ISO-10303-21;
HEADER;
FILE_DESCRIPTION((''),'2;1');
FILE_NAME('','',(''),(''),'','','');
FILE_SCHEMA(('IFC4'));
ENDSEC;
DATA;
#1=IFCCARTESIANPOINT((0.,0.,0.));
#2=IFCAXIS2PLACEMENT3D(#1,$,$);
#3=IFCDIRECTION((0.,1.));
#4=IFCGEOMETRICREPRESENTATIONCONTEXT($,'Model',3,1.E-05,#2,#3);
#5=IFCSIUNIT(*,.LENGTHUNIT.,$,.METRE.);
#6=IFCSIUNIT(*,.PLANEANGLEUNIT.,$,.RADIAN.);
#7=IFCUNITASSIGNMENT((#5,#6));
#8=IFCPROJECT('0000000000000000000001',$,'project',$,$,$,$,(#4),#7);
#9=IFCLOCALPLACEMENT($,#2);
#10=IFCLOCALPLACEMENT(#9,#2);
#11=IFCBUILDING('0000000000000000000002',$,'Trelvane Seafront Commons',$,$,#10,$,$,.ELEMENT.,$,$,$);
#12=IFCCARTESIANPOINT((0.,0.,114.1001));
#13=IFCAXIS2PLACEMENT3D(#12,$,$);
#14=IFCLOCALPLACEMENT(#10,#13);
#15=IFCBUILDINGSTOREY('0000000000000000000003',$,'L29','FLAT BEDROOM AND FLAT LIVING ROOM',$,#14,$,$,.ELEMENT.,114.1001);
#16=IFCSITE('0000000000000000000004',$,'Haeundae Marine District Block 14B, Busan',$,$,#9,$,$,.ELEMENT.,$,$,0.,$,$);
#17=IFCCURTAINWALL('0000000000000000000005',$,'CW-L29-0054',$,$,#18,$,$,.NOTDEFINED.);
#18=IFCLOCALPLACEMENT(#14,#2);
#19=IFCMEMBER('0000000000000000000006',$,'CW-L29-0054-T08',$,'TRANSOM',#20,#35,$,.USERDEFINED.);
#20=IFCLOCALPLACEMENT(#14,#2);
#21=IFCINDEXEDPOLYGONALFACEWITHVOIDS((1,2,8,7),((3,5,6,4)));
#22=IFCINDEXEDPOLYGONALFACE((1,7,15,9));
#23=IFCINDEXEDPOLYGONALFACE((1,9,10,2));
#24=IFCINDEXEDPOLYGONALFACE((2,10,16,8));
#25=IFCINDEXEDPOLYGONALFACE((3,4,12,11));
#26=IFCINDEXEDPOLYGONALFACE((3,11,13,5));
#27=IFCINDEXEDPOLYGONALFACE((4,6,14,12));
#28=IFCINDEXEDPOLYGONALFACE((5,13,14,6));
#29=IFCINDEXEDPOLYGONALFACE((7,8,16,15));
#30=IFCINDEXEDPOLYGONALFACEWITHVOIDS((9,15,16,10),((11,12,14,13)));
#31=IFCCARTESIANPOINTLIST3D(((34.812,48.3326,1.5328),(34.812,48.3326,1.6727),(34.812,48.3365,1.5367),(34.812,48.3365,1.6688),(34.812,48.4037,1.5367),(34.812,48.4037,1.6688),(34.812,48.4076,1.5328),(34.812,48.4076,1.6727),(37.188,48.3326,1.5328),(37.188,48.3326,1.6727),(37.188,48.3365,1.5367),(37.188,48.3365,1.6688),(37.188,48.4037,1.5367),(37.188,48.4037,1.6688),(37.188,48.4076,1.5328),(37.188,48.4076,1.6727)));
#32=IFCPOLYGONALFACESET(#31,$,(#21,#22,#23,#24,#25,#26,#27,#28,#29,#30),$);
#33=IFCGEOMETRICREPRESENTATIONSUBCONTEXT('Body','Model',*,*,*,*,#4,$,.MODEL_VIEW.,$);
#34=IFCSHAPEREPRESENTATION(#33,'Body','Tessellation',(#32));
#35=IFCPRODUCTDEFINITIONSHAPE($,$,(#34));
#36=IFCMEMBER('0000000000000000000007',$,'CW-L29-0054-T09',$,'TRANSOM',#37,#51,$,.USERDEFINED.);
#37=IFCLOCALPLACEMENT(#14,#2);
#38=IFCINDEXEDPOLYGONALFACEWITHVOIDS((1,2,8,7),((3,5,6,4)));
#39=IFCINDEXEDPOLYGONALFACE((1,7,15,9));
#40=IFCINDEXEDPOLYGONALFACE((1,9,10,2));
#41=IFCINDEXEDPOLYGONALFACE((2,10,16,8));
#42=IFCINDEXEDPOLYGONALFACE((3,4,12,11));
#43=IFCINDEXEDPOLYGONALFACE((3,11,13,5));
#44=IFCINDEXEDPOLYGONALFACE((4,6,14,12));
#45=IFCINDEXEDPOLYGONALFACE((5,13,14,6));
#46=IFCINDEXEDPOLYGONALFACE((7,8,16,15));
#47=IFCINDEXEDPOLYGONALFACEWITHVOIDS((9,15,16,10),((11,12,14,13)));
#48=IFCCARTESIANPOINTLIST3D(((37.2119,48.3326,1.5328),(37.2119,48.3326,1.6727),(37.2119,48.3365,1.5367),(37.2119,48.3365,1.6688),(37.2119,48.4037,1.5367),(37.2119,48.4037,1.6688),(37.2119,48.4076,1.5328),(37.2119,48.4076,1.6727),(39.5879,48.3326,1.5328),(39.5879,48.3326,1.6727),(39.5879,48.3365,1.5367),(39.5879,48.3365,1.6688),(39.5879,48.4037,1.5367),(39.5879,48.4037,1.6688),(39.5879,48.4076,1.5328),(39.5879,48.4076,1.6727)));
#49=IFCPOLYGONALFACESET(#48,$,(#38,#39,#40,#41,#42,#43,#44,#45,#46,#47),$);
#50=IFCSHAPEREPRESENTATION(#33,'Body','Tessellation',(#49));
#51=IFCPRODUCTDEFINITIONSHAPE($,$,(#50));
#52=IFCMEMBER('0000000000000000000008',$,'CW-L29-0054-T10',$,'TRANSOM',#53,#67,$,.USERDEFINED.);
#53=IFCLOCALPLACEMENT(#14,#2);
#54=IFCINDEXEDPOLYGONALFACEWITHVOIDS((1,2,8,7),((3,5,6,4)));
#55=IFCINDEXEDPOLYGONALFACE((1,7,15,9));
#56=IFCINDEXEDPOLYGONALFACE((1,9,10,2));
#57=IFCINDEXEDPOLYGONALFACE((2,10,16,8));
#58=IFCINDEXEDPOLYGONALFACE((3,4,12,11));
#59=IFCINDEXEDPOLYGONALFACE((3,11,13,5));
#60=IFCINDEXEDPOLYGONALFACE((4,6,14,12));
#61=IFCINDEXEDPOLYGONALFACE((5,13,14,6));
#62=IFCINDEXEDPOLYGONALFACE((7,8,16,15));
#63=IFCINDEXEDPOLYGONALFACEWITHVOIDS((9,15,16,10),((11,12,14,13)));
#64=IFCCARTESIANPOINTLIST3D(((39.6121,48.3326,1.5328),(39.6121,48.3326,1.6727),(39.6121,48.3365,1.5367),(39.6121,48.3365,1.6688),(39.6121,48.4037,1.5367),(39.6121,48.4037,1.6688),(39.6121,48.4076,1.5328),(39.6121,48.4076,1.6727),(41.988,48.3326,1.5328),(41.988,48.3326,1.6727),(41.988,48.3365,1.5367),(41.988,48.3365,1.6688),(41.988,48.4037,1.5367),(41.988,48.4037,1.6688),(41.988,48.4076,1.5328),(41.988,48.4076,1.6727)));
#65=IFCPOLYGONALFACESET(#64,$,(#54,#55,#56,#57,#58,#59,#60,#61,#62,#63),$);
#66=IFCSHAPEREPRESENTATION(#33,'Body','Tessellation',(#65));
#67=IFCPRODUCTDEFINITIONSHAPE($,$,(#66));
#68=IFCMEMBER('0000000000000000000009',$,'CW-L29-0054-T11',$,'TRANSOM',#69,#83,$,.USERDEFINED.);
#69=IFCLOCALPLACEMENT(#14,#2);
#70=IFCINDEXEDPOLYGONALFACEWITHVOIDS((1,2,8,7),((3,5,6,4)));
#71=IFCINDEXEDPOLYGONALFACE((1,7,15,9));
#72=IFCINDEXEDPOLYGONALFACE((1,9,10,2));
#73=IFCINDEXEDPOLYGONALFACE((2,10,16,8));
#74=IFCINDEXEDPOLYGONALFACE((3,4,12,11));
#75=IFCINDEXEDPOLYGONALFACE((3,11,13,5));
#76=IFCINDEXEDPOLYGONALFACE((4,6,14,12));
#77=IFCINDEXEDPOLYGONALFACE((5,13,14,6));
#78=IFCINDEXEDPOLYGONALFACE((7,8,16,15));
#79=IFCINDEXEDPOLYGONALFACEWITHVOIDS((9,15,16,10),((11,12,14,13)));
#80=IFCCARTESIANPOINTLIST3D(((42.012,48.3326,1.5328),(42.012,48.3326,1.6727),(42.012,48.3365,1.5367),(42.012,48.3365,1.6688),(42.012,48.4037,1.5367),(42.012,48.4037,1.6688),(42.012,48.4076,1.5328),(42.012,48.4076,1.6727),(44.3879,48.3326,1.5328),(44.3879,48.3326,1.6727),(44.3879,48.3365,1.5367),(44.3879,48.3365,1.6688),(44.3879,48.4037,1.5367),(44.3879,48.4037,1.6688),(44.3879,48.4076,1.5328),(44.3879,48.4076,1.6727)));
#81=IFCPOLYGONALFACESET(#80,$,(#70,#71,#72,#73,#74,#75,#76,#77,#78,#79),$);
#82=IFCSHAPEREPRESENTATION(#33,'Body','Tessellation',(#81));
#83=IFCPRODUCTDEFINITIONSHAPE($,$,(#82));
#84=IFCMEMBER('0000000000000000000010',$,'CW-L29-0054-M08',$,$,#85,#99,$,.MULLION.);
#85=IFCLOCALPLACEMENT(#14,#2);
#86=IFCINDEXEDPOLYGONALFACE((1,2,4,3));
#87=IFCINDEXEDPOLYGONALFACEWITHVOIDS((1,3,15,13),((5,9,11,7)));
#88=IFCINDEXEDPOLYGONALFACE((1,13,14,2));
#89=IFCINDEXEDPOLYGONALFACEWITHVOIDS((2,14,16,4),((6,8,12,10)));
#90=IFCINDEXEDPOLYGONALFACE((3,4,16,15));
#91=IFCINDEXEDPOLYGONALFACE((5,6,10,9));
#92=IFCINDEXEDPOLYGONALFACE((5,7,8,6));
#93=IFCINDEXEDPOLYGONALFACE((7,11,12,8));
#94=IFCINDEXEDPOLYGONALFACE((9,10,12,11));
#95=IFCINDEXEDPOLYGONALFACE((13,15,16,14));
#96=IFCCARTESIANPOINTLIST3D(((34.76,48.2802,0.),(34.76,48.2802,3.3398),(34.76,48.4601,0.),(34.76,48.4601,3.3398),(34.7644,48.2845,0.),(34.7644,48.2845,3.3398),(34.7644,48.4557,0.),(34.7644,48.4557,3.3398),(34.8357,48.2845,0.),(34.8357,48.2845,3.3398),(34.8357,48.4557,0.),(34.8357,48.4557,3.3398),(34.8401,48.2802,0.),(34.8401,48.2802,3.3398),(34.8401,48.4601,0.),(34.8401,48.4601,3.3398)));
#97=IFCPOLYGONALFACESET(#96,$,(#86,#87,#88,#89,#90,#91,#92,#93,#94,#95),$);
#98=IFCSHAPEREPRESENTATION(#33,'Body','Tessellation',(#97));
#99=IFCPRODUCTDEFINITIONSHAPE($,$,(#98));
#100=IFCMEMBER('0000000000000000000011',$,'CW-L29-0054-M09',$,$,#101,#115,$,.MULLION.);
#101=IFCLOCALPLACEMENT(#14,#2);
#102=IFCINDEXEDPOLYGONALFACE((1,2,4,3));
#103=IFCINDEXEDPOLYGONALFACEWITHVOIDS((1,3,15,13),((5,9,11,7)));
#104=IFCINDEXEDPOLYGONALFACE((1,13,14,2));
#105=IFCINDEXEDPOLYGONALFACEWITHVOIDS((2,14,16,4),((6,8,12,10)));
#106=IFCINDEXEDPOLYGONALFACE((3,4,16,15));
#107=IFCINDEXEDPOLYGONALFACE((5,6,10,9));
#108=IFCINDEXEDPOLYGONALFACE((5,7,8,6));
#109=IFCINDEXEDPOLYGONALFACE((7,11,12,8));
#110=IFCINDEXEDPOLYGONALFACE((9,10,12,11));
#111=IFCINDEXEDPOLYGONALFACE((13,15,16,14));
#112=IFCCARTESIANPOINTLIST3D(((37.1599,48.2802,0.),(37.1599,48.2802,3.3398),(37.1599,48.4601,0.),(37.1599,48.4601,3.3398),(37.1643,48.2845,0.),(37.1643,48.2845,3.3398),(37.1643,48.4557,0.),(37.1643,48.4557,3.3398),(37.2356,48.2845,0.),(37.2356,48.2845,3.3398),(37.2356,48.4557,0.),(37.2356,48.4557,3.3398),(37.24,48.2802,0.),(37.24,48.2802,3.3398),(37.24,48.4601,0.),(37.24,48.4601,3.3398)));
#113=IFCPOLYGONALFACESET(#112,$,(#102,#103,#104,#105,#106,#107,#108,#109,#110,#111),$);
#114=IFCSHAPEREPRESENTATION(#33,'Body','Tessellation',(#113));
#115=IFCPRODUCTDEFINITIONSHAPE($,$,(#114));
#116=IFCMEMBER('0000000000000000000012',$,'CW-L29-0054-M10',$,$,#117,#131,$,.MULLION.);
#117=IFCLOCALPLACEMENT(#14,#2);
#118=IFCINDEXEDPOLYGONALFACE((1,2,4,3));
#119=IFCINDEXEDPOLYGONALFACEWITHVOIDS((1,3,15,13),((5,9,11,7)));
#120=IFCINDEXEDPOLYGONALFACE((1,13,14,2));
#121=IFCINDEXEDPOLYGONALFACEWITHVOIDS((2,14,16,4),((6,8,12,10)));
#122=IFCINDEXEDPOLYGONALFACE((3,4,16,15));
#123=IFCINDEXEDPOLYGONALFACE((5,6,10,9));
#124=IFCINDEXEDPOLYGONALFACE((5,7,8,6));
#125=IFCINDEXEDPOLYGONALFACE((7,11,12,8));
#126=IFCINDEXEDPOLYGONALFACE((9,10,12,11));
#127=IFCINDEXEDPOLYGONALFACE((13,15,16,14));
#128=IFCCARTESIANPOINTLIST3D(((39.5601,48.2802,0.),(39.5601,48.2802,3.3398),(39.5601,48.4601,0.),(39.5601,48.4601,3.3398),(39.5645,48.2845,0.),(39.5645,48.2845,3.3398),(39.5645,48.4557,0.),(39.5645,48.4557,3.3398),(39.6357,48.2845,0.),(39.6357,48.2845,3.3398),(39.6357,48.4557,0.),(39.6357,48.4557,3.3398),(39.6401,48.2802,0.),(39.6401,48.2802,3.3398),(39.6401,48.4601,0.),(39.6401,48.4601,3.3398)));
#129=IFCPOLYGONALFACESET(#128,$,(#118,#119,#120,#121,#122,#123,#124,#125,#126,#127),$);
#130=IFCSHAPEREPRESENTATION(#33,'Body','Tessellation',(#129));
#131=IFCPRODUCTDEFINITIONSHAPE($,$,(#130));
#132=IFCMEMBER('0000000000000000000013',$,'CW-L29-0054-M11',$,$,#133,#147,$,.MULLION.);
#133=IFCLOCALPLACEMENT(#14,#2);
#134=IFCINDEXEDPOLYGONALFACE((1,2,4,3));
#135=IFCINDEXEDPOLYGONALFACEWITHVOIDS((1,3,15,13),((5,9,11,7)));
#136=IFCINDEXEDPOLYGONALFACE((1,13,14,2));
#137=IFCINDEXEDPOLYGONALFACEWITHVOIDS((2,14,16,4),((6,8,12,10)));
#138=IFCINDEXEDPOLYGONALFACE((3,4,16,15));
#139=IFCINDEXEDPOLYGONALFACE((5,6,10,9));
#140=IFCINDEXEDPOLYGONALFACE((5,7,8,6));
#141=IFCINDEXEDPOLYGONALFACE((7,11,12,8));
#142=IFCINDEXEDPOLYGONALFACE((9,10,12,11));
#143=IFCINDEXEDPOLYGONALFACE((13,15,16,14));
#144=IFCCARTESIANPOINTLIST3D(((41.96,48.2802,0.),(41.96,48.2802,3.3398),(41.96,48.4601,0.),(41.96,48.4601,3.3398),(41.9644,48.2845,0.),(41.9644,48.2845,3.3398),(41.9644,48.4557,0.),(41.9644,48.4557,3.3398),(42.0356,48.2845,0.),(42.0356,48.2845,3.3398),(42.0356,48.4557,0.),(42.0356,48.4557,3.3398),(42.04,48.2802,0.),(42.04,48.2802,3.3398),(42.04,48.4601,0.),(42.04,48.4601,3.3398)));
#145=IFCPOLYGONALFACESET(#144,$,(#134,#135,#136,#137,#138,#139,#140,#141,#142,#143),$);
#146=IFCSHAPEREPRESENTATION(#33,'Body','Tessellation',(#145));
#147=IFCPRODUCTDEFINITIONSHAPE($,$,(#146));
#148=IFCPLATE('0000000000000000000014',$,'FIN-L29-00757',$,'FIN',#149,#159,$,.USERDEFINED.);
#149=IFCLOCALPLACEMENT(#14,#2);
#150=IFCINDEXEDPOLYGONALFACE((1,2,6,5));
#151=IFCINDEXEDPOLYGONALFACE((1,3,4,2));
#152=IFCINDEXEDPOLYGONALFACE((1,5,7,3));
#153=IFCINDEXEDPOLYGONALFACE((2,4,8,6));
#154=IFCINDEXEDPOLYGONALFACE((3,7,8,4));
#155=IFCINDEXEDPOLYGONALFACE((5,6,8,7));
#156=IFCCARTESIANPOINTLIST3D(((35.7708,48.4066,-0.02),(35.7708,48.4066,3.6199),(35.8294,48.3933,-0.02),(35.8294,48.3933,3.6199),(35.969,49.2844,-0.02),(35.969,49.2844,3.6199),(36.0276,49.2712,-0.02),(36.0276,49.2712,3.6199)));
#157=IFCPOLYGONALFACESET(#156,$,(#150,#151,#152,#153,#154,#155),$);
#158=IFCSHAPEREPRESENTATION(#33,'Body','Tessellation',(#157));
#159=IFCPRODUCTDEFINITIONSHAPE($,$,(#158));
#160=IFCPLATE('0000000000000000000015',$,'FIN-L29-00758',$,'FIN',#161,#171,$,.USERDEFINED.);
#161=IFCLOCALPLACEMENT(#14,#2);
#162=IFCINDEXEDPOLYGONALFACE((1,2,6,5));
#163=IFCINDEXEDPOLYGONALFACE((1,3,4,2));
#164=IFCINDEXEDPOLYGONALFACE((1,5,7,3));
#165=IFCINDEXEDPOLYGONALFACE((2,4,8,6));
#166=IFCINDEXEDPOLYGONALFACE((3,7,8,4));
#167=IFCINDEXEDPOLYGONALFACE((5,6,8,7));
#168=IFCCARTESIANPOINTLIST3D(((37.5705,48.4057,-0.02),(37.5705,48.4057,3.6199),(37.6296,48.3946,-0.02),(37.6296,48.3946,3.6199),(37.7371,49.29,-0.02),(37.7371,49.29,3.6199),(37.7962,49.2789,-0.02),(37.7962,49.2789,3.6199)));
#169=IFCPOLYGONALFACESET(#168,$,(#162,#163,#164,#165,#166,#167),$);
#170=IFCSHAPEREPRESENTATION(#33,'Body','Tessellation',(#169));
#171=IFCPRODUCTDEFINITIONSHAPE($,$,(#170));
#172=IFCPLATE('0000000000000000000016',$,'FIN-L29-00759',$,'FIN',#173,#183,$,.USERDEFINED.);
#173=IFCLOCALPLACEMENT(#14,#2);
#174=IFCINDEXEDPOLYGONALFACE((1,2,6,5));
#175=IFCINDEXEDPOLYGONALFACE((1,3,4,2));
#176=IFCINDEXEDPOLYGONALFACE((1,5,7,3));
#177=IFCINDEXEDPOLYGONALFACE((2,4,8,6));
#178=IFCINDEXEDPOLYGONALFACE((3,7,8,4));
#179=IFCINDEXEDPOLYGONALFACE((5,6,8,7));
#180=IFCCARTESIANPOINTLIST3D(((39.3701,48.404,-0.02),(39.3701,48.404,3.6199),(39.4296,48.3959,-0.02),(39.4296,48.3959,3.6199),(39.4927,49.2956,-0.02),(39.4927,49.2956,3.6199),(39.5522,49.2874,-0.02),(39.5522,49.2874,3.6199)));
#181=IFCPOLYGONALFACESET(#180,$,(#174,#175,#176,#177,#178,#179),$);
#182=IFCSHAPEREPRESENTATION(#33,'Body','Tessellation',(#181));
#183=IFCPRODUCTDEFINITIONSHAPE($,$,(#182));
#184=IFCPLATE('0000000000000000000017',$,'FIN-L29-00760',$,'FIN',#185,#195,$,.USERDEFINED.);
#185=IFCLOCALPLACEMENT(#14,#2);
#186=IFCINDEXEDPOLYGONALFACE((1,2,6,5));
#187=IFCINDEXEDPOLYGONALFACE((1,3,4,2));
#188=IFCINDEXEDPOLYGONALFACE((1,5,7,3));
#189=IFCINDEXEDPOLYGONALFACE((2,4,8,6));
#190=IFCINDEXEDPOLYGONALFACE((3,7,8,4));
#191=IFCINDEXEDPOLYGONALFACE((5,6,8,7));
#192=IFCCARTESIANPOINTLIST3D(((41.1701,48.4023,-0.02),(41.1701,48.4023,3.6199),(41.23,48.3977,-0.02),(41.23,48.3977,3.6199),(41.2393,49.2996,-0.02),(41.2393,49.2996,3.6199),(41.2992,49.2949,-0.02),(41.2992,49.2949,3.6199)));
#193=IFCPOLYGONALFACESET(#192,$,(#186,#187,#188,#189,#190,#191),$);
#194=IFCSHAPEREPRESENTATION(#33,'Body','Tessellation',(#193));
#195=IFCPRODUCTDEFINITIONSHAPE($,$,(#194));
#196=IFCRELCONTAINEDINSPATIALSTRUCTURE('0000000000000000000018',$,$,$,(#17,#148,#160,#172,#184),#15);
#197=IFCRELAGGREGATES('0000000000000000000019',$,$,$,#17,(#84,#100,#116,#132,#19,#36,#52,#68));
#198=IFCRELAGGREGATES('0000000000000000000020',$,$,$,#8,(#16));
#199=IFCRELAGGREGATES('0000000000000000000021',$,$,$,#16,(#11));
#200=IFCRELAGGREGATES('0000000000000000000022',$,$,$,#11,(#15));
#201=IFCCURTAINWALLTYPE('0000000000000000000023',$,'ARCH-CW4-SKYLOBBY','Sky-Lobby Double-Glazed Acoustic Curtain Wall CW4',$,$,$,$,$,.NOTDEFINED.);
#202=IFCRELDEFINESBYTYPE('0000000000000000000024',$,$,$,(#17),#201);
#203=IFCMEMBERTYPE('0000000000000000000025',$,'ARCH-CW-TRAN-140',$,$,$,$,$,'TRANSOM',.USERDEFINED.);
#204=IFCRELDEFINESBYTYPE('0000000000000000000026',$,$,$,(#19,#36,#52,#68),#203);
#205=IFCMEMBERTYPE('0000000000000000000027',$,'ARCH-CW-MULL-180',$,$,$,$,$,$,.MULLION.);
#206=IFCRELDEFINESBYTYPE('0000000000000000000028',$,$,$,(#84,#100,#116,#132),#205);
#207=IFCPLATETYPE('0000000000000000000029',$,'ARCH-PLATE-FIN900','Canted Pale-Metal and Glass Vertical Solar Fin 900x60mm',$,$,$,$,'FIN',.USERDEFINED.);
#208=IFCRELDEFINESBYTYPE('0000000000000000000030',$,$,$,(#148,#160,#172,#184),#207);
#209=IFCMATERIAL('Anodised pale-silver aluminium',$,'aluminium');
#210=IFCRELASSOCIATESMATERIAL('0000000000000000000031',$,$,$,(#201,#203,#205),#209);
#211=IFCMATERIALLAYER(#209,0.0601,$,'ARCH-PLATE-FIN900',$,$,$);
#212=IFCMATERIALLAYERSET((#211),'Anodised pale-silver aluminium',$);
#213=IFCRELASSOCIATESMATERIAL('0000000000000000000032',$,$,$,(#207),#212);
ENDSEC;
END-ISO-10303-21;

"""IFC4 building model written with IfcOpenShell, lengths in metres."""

from ifc_helpers import new_model, si_unit, direction, frame, origin, origin_2d, place, context, subcontext, project, spatial, rectangle, hollow_rectangle, extrude, source, transform, mapped, material, layer, layer_set, material_profile, profile_set, type_object, element, aggregate, save


model = new_model("IFC4")

# Units and contexts
model_context = context("Model", 3, precision=1e-05, world=origin(), true_north=direction((0.0, 1.0)))
body_context = subcontext(model_context, "Body", "Model", "MODEL_VIEW")
ifc_project = project(units=[si_unit("LENGTHUNIT", "METRE"), si_unit("PLANEANGLEUNIT", "RADIAN")], contexts=[model_context])

# Site, building, storey
site_placement = place(None, origin())
site = spatial("IfcSite", under=ifc_project, at=site_placement, Name="Haeundae Marine District Block 14B, Busan", CompositionType="ELEMENT", RefElevation=0.0)
building_placement = place(site_placement, origin())
building = spatial("IfcBuilding", under=site, at=building_placement, Name="Trelvane Seafront Commons", CompositionType="ELEMENT")
storey_placement = place(building_placement, frame((0.0, 0.0, 114.1001)))
storey = spatial("IfcBuildingStorey", under=building, at=storey_placement, Name="L29", Description="FLAT BEDROOM AND FLAT LIVING ROOM", CompositionType="ELEMENT", Elevation=114.1001)

# Curtain wall, members
ifc_material_1 = material(Name="Anodised pale-silver aluminium", Category="aluminium")
curtain_wall_type = type_object("IfcCurtainWallType", Name="ARCH-CW4-SKYLOBBY", Description="Sky-Lobby Double-Glazed Acoustic Curtain Wall CW4", PredefinedType="NOTDEFINED", material=ifc_material_1)
curtain_wall_placement = place(storey_placement, origin())
curtain_wall = element("IfcCurtainWall", 1, at=curtain_wall_placement, inside=storey, type_object=curtain_wall_type, Name="CW-L29-0054", PredefinedType="NOTDEFINED")
ifc_material_profile_1 = material_profile(ifc_material_1, hollow_rectangle(XDim=0.075, YDim=0.1399, WallThickness=0.0039, at=origin_2d()), Name="TRAN-75x140x4")
ifc_profile_set_1 = profile_set([ifc_material_profile_1], Name="Anodised pale-silver aluminium")
member_type_1 = type_object("IfcMemberType", Name="ARCH-CW-TRAN-140", ElementType="TRANSOM", PredefinedType="USERDEFINED", material=ifc_profile_set_1)
shared_shape_1 = source(origin(), body_context, "Body", "SweptSolid", [
    extrude(hollow_rectangle(XDim=0.075, YDim=0.1399, WallThickness=0.0039, at=origin_2d()), origin(), (0.0, 0.0, 1.0), 2.376),
])
member_1_placement = place(storey_placement, frame((34.812, 48.3701, 1.6028), z_axis=(1.0, 0.0, 0.0), x_axis=(0.0, 1.0, 0.0)))
member_1 = element("IfcMember", 2, at=member_1_placement, type_object=member_type_1, Name="CW-L29-0054-T08", ObjectType="TRANSOM", PredefinedType="USERDEFINED", context=body_context, shape_type="MappedRepresentation", body=[
    mapped(shared_shape_1, transform((0.0, 0.0, 0.0), x_axis=(1.0, 0.0, 0.0), y_axis=(0.0, 1.0, 0.0), z_axis=(0.0, 0.0, 1.0), scale=1.0)),
])
member_2_placement = place(storey_placement, frame((37.2119, 48.3701, 1.6028), z_axis=(1.0, 0.0, 0.0), x_axis=(0.0, 1.0, 0.0)))
member_2 = element("IfcMember", 3, at=member_2_placement, type_object=member_type_1, Name="CW-L29-0054-T09", ObjectType="TRANSOM", PredefinedType="USERDEFINED", context=body_context, shape_type="MappedRepresentation", body=[
    mapped(shared_shape_1, transform((0.0, 0.0, 0.0), x_axis=(1.0, 0.0, 0.0), y_axis=(0.0, 1.0, 0.0), z_axis=(0.0, 0.0, 1.0), scale=1.0)),
])
member_3_placement = place(storey_placement, frame((39.6121, 48.3701, 1.6028), z_axis=(1.0, 0.0, 0.0), x_axis=(0.0, 1.0, 0.0)))
member_3 = element("IfcMember", 4, at=member_3_placement, type_object=member_type_1, Name="CW-L29-0054-T10", ObjectType="TRANSOM", PredefinedType="USERDEFINED", context=body_context, shape_type="MappedRepresentation", body=[
    mapped(shared_shape_1, transform((0.0, 0.0, 0.0), x_axis=(1.0, 0.0, 0.0), y_axis=(0.0, 1.0, 0.0), z_axis=(0.0, 0.0, 1.0), scale=1.0)),
])
member_4_placement = place(storey_placement, frame((42.012, 48.3701, 1.6028), z_axis=(1.0, 0.0, 0.0), x_axis=(0.0, 1.0, 0.0)))
member_4 = element("IfcMember", 5, at=member_4_placement, type_object=member_type_1, Name="CW-L29-0054-T11", ObjectType="TRANSOM", PredefinedType="USERDEFINED", context=body_context, shape_type="MappedRepresentation", body=[
    mapped(shared_shape_1, transform((0.0, 0.0, 0.0), x_axis=(1.0, 0.0, 0.0), y_axis=(0.0, 1.0, 0.0), z_axis=(0.0, 0.0, 1.0), scale=1.0)),
])
ifc_material_profile_2 = material_profile(ifc_material_1, hollow_rectangle(XDim=0.0801, YDim=0.1799, WallThickness=0.0044, at=origin_2d()), Name="MULL-80x180x4.5")
ifc_profile_set_2 = profile_set([ifc_material_profile_2], Name="Anodised pale-silver aluminium")
member_type_2 = type_object("IfcMemberType", Name="ARCH-CW-MULL-180", PredefinedType="MULLION", material=ifc_profile_set_2)
shared_shape_2 = source(origin(), body_context, "Body", "SweptSolid", [
    extrude(hollow_rectangle(XDim=0.0801, YDim=0.1799, WallThickness=0.0044, at=origin_2d()), origin(), (0.0, 0.0, 1.0), 3.3398),
])
member_5_placement = place(storey_placement, frame((34.8, 48.3701, 0.0), z_axis=(0.0, 0.0, 1.0), x_axis=(1.0, 0.0, 0.0)))
member_5 = element("IfcMember", 6, at=member_5_placement, type_object=member_type_2, Name="CW-L29-0054-M08", PredefinedType="MULLION", context=body_context, shape_type="MappedRepresentation", body=[
    mapped(shared_shape_2, transform((0.0, 0.0, 0.0), x_axis=(1.0, 0.0, 0.0), y_axis=(0.0, 1.0, 0.0), z_axis=(0.0, 0.0, 1.0), scale=1.0)),
])
member_6_placement = place(storey_placement, frame((37.2, 48.3701, 0.0), z_axis=(0.0, 0.0, 1.0), x_axis=(1.0, 0.0, 0.0)))
member_6 = element("IfcMember", 7, at=member_6_placement, type_object=member_type_2, Name="CW-L29-0054-M09", PredefinedType="MULLION", context=body_context, shape_type="MappedRepresentation", body=[
    mapped(shared_shape_2, transform((0.0, 0.0, 0.0), x_axis=(1.0, 0.0, 0.0), y_axis=(0.0, 1.0, 0.0), z_axis=(0.0, 0.0, 1.0), scale=1.0)),
])
member_7_placement = place(storey_placement, frame((39.6001, 48.3701, 0.0), z_axis=(0.0, 0.0, 1.0), x_axis=(1.0, 0.0, 0.0)))
member_7 = element("IfcMember", 8, at=member_7_placement, type_object=member_type_2, Name="CW-L29-0054-M10", PredefinedType="MULLION", context=body_context, shape_type="MappedRepresentation", body=[
    mapped(shared_shape_2, transform((0.0, 0.0, 0.0), x_axis=(1.0, 0.0, 0.0), y_axis=(0.0, 1.0, 0.0), z_axis=(0.0, 0.0, 1.0), scale=1.0)),
])
member_8_placement = place(storey_placement, frame((42.0, 48.3701, 0.0), z_axis=(0.0, 0.0, 1.0), x_axis=(1.0, 0.0, 0.0)))
member_8 = element("IfcMember", 9, at=member_8_placement, type_object=member_type_2, Name="CW-L29-0054-M11", PredefinedType="MULLION", context=body_context, shape_type="MappedRepresentation", body=[
    mapped(shared_shape_2, transform((0.0, 0.0, 0.0), x_axis=(1.0, 0.0, 0.0), y_axis=(0.0, 1.0, 0.0), z_axis=(0.0, 0.0, 1.0), scale=1.0)),
])

# Plates
ifc_layer_1 = layer(ifc_material_1, 0.0601, Name="ARCH-PLATE-FIN900")
ifc_layer_set_1 = layer_set([ifc_layer_1], Name="Anodised pale-silver aluminium")
plate_type_1 = type_object("IfcPlateType", Name="ARCH-PLATE-FIN900", Description="Canted Pale-Metal and Glass Vertical Solar Fin 900x60mm", ElementType="FIN", PredefinedType="USERDEFINED", material=ifc_layer_set_1)
shared_shape_3 = source(origin(), body_context, "Body", "SweptSolid", [
    extrude(rectangle(XDim=0.8999, YDim=0.0601, at=origin_2d()), origin(), (0.0, 0.0, 1.0), 3.6399),
])
for number, where, z_axis, x_axis, name in (
    (10, (35.8992, 48.8389, -0.02), (0.0, 0.0, 1.0), (0.220224, 0.975449, 0.0), "FIN-L29-00757"),
    (11, (37.6833, 48.8423, -0.02), (0.0, 0.0, 1.0), (0.185121, 0.982716, 0.0), "FIN-L29-00758"),
    (12, (39.4612, 48.8457, -0.02), (0.0, 0.0, 1.0), (0.136224, 0.990678, 0.0), "FIN-L29-00759"),
    (13, (41.2346, 48.8486, -0.02), (0.0, 0.0, 1.0), (0.076891, 0.997039, 0.0), "FIN-L29-00760"),
):
    element("IfcPlate", number, at=place(storey_placement, frame(where, z_axis=z_axis, x_axis=x_axis)), inside=storey, type_object=plate_type_1, Name=name, ObjectType="FIN", PredefinedType="USERDEFINED", context=body_context, shape_type="MappedRepresentation", body=[
        mapped(shared_shape_3, transform((0.0, 0.0, 0.0), x_axis=(1.0, 0.0, 0.0), y_axis=(0.0, 1.0, 0.0), z_axis=(0.0, 0.0, 1.0), scale=1.0)),
    ])

aggregate(curtain_wall, [member_5, member_6, member_7, member_8, member_1, member_2, member_3, member_4])

save(model, "model.ifc")
